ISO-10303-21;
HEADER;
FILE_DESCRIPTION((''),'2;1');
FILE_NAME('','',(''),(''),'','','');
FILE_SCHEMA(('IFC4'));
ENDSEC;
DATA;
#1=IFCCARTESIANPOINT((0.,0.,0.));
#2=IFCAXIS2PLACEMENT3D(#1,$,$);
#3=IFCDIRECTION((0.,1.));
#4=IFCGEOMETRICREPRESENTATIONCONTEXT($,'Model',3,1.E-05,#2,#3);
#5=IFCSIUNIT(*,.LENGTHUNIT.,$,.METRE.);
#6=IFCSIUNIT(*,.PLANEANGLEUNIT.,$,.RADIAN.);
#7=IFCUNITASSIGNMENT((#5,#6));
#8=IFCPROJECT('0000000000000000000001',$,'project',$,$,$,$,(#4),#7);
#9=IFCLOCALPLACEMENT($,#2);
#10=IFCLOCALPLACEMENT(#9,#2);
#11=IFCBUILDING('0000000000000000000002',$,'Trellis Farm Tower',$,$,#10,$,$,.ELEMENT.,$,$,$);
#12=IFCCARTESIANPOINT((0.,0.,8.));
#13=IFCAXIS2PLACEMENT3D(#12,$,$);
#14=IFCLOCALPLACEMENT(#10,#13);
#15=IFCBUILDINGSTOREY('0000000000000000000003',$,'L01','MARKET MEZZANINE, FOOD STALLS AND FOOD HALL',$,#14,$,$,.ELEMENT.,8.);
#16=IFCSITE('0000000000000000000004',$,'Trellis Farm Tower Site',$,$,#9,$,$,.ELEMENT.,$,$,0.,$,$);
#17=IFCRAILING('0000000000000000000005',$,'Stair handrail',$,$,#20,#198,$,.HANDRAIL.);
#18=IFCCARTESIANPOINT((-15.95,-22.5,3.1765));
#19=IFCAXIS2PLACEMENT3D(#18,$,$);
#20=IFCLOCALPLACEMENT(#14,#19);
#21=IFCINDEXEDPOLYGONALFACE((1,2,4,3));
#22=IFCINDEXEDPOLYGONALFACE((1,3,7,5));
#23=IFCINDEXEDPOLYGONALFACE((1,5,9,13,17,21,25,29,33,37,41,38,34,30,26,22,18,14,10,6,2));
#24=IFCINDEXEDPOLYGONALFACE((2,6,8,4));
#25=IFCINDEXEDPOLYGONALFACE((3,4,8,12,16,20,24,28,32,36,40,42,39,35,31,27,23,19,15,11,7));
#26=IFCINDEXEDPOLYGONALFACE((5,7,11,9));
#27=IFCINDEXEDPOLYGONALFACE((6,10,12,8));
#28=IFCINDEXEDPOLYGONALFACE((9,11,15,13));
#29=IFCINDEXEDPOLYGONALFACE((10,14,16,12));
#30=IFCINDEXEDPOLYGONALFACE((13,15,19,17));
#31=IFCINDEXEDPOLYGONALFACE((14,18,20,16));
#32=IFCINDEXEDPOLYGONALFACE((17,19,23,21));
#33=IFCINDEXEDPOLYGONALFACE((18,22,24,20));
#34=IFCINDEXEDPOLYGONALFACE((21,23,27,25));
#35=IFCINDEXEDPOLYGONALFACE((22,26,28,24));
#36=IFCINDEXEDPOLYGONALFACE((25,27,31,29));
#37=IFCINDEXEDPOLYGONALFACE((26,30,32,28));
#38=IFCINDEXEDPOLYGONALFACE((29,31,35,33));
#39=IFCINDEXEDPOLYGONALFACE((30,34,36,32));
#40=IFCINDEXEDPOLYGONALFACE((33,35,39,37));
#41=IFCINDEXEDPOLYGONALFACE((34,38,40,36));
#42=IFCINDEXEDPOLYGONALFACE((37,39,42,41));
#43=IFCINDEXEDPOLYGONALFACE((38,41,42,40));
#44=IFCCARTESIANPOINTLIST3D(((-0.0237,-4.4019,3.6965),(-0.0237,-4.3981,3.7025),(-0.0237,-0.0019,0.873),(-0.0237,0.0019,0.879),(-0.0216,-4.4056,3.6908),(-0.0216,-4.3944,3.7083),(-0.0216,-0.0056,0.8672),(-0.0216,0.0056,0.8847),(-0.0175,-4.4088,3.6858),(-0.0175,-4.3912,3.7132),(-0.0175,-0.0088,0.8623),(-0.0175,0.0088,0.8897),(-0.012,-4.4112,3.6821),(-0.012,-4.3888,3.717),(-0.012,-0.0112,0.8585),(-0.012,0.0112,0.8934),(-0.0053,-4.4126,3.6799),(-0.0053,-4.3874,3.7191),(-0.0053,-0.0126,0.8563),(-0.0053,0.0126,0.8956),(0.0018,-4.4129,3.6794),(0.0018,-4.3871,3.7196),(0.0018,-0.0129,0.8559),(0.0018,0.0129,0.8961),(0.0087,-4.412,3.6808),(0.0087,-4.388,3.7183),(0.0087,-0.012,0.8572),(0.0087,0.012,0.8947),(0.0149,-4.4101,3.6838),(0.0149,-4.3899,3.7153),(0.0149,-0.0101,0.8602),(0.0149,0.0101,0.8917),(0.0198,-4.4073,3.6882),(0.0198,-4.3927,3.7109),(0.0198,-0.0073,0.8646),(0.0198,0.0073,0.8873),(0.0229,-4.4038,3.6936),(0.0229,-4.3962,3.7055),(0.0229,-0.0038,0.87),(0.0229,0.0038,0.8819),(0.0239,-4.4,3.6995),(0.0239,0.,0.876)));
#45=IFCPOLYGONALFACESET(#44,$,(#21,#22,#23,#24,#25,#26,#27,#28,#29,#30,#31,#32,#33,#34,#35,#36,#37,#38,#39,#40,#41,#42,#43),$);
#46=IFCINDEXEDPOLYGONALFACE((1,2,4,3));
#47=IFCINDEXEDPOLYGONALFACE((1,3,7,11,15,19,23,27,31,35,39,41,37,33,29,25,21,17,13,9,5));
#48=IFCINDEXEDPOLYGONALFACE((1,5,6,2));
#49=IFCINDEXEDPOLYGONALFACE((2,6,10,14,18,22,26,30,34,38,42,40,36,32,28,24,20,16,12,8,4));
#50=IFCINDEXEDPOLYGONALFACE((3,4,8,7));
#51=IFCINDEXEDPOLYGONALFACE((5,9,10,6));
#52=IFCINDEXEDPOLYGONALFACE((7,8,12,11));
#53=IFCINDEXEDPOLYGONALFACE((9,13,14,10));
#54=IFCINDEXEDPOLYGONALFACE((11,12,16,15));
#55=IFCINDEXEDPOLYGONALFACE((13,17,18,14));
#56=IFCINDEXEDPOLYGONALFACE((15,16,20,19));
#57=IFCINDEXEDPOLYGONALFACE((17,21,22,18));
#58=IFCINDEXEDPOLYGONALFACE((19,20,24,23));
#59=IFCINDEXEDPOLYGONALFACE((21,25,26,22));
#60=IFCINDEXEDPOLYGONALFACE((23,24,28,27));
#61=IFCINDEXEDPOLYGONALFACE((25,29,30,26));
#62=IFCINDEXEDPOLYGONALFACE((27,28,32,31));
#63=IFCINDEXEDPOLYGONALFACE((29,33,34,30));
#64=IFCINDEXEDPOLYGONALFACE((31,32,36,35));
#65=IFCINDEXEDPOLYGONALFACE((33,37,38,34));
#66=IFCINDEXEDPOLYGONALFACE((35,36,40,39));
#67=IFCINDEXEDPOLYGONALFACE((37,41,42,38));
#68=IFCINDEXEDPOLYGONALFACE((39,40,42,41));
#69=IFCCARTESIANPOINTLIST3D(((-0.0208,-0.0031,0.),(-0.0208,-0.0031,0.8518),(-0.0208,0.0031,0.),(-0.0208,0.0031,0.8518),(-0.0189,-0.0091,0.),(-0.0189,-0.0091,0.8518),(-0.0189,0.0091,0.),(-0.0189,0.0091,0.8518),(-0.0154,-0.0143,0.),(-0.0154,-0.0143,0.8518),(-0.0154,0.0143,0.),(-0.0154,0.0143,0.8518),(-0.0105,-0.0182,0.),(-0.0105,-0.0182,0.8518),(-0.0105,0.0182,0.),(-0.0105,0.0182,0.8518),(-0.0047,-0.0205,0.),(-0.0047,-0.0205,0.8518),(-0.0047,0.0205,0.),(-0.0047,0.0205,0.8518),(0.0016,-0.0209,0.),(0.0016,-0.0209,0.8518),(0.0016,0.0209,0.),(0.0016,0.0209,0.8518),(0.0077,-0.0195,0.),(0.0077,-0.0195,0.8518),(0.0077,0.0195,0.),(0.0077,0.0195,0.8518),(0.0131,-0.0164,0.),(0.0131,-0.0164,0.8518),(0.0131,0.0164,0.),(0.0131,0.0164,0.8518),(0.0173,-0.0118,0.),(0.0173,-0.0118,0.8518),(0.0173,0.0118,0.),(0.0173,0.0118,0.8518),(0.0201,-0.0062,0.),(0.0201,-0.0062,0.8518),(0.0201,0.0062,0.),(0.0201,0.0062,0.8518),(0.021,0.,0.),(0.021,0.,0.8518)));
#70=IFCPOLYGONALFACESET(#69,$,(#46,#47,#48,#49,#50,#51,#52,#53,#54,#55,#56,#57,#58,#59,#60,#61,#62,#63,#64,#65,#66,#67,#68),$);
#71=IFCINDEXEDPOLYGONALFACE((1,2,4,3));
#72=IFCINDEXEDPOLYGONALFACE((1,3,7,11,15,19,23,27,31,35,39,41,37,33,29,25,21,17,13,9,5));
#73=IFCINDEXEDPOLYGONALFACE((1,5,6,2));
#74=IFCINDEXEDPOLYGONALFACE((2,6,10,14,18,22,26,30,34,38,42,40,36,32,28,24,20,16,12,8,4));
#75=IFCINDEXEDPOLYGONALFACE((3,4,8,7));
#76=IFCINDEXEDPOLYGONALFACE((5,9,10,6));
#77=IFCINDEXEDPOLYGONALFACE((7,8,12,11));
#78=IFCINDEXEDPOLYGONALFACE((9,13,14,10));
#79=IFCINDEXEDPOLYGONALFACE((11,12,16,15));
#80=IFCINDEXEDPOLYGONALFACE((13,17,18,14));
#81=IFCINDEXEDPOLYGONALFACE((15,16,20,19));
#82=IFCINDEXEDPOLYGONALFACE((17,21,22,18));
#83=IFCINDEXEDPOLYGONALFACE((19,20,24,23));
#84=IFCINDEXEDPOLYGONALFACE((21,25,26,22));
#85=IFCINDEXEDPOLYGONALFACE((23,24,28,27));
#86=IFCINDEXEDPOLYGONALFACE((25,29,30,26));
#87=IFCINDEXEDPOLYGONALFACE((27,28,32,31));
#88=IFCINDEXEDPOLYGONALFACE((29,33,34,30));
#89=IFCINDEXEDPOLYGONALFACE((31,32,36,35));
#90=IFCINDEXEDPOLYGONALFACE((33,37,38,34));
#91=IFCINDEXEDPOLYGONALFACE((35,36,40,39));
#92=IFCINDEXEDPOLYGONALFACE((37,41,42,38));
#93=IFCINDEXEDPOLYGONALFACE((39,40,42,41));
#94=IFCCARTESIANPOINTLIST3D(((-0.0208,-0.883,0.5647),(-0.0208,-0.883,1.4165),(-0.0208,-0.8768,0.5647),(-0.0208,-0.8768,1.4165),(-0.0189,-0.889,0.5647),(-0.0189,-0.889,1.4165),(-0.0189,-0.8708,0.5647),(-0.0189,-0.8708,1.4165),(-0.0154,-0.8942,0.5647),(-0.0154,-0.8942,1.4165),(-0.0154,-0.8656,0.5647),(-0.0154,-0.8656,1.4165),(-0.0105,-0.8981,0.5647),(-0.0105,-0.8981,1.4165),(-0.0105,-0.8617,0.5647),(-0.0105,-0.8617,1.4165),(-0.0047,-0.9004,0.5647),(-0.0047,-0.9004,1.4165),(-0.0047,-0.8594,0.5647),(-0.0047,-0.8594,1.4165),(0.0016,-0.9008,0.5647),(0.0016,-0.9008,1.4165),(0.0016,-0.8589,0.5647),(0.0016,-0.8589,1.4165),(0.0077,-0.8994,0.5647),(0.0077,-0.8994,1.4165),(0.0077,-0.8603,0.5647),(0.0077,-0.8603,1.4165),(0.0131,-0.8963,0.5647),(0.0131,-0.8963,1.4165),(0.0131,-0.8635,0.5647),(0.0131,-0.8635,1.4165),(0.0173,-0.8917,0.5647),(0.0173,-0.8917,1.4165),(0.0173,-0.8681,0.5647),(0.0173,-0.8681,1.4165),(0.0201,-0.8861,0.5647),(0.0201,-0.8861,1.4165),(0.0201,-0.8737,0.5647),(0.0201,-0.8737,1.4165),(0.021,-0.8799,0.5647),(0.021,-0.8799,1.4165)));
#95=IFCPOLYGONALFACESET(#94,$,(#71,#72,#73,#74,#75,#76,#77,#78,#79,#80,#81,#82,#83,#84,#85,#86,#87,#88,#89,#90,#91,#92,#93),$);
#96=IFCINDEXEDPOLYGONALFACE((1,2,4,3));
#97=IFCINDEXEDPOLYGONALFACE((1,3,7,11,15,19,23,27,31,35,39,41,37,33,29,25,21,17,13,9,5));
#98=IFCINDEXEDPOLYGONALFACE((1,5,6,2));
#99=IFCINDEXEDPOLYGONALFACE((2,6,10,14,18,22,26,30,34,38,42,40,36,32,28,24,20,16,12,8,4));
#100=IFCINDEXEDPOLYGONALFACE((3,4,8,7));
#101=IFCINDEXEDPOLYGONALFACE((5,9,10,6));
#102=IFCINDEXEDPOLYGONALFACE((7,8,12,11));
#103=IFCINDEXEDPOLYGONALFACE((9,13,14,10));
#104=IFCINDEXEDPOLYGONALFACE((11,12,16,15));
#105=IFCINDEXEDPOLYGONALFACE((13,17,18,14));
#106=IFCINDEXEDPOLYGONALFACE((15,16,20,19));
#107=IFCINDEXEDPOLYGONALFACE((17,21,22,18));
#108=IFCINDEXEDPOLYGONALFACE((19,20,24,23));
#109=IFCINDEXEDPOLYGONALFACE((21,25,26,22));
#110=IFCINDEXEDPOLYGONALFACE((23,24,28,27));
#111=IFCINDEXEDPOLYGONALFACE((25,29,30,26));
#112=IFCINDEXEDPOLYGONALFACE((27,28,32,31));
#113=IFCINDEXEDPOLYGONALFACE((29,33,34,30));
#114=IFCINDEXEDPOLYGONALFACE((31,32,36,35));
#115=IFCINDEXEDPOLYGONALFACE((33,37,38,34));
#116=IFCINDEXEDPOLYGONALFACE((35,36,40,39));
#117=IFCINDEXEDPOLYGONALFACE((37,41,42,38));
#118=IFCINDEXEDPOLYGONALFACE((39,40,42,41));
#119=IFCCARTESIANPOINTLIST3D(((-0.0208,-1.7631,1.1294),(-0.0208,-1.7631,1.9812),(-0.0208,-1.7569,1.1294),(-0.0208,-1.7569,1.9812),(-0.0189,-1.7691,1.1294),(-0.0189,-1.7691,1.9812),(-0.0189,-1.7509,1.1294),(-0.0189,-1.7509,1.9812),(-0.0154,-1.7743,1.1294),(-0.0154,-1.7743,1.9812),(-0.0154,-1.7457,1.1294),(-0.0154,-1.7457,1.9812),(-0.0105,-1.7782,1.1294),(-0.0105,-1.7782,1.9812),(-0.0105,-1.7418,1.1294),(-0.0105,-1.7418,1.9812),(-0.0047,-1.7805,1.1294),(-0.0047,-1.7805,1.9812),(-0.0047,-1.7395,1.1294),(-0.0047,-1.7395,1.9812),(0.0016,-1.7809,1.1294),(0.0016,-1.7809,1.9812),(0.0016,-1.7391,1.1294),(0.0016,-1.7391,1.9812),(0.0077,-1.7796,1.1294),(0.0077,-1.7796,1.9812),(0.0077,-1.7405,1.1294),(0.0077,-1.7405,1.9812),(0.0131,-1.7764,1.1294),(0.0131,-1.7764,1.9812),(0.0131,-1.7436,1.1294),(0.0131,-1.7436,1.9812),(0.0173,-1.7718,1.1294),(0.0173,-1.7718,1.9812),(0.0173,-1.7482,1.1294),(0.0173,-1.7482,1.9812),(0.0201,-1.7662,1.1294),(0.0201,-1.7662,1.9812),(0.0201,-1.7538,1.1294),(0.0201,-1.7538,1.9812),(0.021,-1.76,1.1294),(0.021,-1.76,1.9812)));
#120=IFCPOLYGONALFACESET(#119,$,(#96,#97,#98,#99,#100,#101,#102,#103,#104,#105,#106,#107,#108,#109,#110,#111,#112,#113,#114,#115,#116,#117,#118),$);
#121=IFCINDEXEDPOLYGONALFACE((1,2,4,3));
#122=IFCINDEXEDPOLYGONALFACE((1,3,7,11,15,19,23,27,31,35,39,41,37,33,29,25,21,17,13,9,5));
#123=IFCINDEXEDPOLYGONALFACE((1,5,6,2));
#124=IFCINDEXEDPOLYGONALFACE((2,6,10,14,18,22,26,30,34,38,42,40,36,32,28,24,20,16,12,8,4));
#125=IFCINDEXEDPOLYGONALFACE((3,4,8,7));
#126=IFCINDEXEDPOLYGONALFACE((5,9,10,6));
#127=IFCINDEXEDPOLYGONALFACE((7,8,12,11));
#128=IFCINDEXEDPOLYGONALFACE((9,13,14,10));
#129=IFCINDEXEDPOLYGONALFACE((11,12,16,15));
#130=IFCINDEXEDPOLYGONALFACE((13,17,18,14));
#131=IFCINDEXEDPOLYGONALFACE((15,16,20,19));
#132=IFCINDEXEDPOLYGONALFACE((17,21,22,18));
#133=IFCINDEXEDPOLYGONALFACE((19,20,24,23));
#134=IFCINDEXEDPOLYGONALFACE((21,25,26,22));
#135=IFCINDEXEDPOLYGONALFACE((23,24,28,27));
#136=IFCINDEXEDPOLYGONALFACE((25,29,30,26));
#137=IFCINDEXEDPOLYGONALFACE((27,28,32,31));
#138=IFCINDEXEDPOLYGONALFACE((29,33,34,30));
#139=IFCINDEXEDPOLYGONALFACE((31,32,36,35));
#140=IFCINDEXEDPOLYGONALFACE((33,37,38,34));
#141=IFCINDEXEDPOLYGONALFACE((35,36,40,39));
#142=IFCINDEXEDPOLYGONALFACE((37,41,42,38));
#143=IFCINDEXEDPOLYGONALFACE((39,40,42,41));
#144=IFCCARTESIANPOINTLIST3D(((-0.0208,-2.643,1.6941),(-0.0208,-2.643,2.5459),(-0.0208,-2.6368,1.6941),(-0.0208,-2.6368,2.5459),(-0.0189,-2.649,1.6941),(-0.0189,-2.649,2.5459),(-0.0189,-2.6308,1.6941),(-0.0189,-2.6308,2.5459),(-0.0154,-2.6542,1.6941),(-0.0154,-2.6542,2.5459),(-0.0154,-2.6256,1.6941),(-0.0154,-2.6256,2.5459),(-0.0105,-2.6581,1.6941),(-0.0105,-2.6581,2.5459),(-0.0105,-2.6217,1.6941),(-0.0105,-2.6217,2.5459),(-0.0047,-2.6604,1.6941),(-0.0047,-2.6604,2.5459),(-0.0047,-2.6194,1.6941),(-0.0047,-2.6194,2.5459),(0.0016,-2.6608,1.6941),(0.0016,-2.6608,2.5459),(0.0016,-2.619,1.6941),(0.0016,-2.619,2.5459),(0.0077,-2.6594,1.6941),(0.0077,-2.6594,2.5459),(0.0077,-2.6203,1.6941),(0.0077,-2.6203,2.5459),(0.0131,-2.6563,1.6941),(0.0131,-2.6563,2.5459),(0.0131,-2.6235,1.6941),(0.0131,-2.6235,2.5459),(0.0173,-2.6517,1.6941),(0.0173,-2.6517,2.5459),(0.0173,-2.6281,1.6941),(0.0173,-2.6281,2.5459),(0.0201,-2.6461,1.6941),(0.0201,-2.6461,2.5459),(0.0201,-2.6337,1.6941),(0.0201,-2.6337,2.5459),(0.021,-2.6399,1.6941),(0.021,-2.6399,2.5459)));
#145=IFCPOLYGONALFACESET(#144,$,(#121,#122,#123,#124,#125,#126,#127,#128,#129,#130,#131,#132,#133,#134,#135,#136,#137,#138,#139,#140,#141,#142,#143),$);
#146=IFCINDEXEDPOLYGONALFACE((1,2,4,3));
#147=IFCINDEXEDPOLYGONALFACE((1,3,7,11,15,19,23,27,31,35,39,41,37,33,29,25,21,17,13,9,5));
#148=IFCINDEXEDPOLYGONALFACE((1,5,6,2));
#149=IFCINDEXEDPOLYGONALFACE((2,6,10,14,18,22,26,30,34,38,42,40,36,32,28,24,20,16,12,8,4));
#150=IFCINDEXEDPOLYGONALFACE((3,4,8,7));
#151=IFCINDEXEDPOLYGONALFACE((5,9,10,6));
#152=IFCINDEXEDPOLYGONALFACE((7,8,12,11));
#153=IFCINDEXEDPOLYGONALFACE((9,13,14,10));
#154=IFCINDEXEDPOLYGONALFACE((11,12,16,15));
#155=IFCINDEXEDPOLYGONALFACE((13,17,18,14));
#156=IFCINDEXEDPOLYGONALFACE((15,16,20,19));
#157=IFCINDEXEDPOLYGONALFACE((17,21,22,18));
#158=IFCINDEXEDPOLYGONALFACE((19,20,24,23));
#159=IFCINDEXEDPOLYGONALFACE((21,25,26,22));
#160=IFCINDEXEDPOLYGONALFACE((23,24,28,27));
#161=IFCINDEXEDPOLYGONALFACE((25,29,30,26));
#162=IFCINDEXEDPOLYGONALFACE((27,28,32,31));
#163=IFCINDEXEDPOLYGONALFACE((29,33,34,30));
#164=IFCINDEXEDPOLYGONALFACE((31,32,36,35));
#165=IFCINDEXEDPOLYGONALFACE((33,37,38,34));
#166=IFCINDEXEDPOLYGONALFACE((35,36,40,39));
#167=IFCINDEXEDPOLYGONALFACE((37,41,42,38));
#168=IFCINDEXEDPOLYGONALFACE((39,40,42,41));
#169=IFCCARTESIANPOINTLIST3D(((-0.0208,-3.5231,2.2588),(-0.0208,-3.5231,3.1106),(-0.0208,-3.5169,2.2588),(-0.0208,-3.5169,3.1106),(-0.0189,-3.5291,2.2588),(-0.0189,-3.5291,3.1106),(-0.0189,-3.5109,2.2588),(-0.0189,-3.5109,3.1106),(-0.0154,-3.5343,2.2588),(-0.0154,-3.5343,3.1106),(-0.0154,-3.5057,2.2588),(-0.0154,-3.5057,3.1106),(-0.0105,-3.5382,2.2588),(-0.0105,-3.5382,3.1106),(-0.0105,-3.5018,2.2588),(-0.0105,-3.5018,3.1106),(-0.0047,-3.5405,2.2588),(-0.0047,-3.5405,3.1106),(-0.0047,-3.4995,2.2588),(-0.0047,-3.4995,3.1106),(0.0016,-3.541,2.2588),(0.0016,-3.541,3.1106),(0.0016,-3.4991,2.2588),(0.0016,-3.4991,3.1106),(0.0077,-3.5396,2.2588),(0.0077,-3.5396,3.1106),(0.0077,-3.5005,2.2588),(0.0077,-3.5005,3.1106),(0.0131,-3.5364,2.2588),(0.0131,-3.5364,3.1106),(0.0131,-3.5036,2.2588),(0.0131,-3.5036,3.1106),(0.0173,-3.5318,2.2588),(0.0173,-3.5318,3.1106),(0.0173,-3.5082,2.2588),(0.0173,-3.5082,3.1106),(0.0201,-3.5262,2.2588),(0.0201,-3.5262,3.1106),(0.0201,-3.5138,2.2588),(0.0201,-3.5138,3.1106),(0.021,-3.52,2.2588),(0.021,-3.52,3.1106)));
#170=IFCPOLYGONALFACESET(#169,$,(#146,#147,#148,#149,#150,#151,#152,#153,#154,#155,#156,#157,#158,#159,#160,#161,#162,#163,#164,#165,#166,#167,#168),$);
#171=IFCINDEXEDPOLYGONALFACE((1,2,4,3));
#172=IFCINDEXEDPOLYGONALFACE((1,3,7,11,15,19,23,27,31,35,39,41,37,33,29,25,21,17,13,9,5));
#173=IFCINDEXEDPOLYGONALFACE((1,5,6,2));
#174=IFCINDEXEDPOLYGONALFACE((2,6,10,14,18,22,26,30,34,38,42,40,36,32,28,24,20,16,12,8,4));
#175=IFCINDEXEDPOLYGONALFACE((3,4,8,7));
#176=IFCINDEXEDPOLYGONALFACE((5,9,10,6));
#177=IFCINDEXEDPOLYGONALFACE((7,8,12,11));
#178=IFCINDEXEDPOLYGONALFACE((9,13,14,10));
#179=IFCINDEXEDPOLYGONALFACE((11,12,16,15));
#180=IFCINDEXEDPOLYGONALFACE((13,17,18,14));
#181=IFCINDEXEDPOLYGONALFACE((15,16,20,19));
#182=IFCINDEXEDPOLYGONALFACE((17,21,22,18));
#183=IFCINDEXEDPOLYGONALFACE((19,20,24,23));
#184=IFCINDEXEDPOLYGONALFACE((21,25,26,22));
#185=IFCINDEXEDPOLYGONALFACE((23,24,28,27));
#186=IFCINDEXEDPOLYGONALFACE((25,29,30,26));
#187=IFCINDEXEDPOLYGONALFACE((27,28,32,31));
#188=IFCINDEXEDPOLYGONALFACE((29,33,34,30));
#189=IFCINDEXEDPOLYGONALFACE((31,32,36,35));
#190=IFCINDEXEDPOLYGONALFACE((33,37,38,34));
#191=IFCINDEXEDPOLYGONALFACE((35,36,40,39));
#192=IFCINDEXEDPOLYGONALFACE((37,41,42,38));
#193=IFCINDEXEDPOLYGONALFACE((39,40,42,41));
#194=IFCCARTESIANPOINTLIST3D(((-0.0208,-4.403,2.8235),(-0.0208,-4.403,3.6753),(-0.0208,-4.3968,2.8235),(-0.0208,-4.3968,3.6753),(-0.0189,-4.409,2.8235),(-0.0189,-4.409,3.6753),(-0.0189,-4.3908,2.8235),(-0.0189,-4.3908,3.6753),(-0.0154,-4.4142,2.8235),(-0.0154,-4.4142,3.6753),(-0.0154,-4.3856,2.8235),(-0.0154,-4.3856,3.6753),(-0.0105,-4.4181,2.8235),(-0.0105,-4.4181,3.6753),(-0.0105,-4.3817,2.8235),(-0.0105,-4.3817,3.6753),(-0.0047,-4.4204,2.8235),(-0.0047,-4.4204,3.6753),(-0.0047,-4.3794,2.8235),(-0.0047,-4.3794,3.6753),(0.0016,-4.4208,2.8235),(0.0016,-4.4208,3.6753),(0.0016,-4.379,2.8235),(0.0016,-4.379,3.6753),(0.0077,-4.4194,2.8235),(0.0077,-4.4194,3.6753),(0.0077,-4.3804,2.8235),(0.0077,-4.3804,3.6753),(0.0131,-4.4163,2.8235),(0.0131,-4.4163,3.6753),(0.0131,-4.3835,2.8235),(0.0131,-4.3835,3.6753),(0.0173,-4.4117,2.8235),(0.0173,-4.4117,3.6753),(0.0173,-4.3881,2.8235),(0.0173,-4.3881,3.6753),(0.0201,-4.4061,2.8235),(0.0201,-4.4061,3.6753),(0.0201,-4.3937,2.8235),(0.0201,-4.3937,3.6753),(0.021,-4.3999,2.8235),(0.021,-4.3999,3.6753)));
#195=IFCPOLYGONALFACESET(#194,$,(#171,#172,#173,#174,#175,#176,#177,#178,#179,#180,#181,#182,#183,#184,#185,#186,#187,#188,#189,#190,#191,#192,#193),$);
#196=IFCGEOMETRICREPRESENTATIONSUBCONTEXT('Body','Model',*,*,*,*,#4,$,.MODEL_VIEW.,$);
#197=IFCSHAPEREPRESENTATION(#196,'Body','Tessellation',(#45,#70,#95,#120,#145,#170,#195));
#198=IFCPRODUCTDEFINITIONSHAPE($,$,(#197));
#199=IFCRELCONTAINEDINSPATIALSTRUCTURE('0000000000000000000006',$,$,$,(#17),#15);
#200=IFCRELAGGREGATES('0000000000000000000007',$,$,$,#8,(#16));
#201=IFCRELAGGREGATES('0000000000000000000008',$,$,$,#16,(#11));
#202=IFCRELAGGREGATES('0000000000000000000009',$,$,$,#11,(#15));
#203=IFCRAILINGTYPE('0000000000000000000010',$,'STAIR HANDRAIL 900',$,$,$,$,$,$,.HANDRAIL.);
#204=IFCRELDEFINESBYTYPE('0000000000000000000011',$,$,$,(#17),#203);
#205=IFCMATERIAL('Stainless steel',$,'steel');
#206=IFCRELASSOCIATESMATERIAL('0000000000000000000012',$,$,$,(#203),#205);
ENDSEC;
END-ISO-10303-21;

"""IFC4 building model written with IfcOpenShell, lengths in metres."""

from ifc_helpers import new_model, si_unit, direction, frame, origin, origin_2d, place, context, subcontext, project, spatial, circle, extrude, source, transform, mapped, material, type_object, element, save


model = new_model("IFC4")

# Units and contexts
model_context = context("Model", 3, precision=1e-05, world=origin(), true_north=direction((0.0, 1.0)))
body_context = subcontext(model_context, "Body", "Model", "MODEL_VIEW")
ifc_project = project(units=[si_unit("LENGTHUNIT", "METRE"), si_unit("PLANEANGLEUNIT", "RADIAN")], contexts=[model_context])

# Site, building, storey
site_placement = place(None, origin())
site = spatial("IfcSite", under=ifc_project, at=site_placement, Name="Trellis Farm Tower Site", CompositionType="ELEMENT", RefElevation=0.0)
building_placement = place(site_placement, origin())
building = spatial("IfcBuilding", under=site, at=building_placement, Name="Trellis Farm Tower", CompositionType="ELEMENT")
storey_placement = place(building_placement, frame((0.0, 0.0, 8.0)))
storey = spatial("IfcBuildingStorey", under=building, at=storey_placement, Name="L01", Description="MARKET MEZZANINE, FOOD STALLS AND FOOD HALL", CompositionType="ELEMENT", Elevation=8.0)

# Railing
ifc_material_1 = material(Name="Stainless steel", Category="steel")
railing_type = type_object("IfcRailingType", Name="STAIR HANDRAIL 900", PredefinedType="HANDRAIL", material=ifc_material_1)
shared_shape_1 = source(origin(), body_context, "Body", "SweptSolid", [
    extrude(circle(Radius=0.0239, at=origin_2d()), frame((0.0, 0.0, 0.876), z_axis=(0.0, -0.841615, 0.540078), x_axis=(1.0, 0.0, 0.0)), (0.0, 0.0, 1.0), 5.228),
    extrude(circle(Radius=0.021, at=origin_2d()), origin(), (0.0, 0.0, 1.0), 0.8518),
    extrude(circle(Radius=0.021, at=origin_2d()), frame((0.0, -0.8799, 0.5647)), (0.0, 0.0, 1.0), 0.8518),
    extrude(circle(Radius=0.021, at=origin_2d()), frame((0.0, -1.76, 1.1294)), (0.0, 0.0, 1.0), 0.8518),
    extrude(circle(Radius=0.021, at=origin_2d()), frame((0.0, -2.6399, 1.6941)), (0.0, 0.0, 1.0), 0.8518),
    extrude(circle(Radius=0.021, at=origin_2d()), frame((0.0, -3.52, 2.2588)), (0.0, 0.0, 1.0), 0.8518),
    extrude(circle(Radius=0.021, at=origin_2d()), frame((0.0, -4.3999, 2.8235)), (0.0, 0.0, 1.0), 0.8518),
])
for number, where, name in (
    (1, (-15.95, -22.5, 3.1765), "Stair handrail"),
):
    element("IfcRailing", number, at=place(storey_placement, frame(where)), inside=storey, type_object=railing_type, Name=name, PredefinedType="HANDRAIL", context=body_context, shape_type="MappedRepresentation", body=[
        mapped(shared_shape_1, transform((0.0, 0.0, 0.0))),
    ])

save(model, "model.ifc")
